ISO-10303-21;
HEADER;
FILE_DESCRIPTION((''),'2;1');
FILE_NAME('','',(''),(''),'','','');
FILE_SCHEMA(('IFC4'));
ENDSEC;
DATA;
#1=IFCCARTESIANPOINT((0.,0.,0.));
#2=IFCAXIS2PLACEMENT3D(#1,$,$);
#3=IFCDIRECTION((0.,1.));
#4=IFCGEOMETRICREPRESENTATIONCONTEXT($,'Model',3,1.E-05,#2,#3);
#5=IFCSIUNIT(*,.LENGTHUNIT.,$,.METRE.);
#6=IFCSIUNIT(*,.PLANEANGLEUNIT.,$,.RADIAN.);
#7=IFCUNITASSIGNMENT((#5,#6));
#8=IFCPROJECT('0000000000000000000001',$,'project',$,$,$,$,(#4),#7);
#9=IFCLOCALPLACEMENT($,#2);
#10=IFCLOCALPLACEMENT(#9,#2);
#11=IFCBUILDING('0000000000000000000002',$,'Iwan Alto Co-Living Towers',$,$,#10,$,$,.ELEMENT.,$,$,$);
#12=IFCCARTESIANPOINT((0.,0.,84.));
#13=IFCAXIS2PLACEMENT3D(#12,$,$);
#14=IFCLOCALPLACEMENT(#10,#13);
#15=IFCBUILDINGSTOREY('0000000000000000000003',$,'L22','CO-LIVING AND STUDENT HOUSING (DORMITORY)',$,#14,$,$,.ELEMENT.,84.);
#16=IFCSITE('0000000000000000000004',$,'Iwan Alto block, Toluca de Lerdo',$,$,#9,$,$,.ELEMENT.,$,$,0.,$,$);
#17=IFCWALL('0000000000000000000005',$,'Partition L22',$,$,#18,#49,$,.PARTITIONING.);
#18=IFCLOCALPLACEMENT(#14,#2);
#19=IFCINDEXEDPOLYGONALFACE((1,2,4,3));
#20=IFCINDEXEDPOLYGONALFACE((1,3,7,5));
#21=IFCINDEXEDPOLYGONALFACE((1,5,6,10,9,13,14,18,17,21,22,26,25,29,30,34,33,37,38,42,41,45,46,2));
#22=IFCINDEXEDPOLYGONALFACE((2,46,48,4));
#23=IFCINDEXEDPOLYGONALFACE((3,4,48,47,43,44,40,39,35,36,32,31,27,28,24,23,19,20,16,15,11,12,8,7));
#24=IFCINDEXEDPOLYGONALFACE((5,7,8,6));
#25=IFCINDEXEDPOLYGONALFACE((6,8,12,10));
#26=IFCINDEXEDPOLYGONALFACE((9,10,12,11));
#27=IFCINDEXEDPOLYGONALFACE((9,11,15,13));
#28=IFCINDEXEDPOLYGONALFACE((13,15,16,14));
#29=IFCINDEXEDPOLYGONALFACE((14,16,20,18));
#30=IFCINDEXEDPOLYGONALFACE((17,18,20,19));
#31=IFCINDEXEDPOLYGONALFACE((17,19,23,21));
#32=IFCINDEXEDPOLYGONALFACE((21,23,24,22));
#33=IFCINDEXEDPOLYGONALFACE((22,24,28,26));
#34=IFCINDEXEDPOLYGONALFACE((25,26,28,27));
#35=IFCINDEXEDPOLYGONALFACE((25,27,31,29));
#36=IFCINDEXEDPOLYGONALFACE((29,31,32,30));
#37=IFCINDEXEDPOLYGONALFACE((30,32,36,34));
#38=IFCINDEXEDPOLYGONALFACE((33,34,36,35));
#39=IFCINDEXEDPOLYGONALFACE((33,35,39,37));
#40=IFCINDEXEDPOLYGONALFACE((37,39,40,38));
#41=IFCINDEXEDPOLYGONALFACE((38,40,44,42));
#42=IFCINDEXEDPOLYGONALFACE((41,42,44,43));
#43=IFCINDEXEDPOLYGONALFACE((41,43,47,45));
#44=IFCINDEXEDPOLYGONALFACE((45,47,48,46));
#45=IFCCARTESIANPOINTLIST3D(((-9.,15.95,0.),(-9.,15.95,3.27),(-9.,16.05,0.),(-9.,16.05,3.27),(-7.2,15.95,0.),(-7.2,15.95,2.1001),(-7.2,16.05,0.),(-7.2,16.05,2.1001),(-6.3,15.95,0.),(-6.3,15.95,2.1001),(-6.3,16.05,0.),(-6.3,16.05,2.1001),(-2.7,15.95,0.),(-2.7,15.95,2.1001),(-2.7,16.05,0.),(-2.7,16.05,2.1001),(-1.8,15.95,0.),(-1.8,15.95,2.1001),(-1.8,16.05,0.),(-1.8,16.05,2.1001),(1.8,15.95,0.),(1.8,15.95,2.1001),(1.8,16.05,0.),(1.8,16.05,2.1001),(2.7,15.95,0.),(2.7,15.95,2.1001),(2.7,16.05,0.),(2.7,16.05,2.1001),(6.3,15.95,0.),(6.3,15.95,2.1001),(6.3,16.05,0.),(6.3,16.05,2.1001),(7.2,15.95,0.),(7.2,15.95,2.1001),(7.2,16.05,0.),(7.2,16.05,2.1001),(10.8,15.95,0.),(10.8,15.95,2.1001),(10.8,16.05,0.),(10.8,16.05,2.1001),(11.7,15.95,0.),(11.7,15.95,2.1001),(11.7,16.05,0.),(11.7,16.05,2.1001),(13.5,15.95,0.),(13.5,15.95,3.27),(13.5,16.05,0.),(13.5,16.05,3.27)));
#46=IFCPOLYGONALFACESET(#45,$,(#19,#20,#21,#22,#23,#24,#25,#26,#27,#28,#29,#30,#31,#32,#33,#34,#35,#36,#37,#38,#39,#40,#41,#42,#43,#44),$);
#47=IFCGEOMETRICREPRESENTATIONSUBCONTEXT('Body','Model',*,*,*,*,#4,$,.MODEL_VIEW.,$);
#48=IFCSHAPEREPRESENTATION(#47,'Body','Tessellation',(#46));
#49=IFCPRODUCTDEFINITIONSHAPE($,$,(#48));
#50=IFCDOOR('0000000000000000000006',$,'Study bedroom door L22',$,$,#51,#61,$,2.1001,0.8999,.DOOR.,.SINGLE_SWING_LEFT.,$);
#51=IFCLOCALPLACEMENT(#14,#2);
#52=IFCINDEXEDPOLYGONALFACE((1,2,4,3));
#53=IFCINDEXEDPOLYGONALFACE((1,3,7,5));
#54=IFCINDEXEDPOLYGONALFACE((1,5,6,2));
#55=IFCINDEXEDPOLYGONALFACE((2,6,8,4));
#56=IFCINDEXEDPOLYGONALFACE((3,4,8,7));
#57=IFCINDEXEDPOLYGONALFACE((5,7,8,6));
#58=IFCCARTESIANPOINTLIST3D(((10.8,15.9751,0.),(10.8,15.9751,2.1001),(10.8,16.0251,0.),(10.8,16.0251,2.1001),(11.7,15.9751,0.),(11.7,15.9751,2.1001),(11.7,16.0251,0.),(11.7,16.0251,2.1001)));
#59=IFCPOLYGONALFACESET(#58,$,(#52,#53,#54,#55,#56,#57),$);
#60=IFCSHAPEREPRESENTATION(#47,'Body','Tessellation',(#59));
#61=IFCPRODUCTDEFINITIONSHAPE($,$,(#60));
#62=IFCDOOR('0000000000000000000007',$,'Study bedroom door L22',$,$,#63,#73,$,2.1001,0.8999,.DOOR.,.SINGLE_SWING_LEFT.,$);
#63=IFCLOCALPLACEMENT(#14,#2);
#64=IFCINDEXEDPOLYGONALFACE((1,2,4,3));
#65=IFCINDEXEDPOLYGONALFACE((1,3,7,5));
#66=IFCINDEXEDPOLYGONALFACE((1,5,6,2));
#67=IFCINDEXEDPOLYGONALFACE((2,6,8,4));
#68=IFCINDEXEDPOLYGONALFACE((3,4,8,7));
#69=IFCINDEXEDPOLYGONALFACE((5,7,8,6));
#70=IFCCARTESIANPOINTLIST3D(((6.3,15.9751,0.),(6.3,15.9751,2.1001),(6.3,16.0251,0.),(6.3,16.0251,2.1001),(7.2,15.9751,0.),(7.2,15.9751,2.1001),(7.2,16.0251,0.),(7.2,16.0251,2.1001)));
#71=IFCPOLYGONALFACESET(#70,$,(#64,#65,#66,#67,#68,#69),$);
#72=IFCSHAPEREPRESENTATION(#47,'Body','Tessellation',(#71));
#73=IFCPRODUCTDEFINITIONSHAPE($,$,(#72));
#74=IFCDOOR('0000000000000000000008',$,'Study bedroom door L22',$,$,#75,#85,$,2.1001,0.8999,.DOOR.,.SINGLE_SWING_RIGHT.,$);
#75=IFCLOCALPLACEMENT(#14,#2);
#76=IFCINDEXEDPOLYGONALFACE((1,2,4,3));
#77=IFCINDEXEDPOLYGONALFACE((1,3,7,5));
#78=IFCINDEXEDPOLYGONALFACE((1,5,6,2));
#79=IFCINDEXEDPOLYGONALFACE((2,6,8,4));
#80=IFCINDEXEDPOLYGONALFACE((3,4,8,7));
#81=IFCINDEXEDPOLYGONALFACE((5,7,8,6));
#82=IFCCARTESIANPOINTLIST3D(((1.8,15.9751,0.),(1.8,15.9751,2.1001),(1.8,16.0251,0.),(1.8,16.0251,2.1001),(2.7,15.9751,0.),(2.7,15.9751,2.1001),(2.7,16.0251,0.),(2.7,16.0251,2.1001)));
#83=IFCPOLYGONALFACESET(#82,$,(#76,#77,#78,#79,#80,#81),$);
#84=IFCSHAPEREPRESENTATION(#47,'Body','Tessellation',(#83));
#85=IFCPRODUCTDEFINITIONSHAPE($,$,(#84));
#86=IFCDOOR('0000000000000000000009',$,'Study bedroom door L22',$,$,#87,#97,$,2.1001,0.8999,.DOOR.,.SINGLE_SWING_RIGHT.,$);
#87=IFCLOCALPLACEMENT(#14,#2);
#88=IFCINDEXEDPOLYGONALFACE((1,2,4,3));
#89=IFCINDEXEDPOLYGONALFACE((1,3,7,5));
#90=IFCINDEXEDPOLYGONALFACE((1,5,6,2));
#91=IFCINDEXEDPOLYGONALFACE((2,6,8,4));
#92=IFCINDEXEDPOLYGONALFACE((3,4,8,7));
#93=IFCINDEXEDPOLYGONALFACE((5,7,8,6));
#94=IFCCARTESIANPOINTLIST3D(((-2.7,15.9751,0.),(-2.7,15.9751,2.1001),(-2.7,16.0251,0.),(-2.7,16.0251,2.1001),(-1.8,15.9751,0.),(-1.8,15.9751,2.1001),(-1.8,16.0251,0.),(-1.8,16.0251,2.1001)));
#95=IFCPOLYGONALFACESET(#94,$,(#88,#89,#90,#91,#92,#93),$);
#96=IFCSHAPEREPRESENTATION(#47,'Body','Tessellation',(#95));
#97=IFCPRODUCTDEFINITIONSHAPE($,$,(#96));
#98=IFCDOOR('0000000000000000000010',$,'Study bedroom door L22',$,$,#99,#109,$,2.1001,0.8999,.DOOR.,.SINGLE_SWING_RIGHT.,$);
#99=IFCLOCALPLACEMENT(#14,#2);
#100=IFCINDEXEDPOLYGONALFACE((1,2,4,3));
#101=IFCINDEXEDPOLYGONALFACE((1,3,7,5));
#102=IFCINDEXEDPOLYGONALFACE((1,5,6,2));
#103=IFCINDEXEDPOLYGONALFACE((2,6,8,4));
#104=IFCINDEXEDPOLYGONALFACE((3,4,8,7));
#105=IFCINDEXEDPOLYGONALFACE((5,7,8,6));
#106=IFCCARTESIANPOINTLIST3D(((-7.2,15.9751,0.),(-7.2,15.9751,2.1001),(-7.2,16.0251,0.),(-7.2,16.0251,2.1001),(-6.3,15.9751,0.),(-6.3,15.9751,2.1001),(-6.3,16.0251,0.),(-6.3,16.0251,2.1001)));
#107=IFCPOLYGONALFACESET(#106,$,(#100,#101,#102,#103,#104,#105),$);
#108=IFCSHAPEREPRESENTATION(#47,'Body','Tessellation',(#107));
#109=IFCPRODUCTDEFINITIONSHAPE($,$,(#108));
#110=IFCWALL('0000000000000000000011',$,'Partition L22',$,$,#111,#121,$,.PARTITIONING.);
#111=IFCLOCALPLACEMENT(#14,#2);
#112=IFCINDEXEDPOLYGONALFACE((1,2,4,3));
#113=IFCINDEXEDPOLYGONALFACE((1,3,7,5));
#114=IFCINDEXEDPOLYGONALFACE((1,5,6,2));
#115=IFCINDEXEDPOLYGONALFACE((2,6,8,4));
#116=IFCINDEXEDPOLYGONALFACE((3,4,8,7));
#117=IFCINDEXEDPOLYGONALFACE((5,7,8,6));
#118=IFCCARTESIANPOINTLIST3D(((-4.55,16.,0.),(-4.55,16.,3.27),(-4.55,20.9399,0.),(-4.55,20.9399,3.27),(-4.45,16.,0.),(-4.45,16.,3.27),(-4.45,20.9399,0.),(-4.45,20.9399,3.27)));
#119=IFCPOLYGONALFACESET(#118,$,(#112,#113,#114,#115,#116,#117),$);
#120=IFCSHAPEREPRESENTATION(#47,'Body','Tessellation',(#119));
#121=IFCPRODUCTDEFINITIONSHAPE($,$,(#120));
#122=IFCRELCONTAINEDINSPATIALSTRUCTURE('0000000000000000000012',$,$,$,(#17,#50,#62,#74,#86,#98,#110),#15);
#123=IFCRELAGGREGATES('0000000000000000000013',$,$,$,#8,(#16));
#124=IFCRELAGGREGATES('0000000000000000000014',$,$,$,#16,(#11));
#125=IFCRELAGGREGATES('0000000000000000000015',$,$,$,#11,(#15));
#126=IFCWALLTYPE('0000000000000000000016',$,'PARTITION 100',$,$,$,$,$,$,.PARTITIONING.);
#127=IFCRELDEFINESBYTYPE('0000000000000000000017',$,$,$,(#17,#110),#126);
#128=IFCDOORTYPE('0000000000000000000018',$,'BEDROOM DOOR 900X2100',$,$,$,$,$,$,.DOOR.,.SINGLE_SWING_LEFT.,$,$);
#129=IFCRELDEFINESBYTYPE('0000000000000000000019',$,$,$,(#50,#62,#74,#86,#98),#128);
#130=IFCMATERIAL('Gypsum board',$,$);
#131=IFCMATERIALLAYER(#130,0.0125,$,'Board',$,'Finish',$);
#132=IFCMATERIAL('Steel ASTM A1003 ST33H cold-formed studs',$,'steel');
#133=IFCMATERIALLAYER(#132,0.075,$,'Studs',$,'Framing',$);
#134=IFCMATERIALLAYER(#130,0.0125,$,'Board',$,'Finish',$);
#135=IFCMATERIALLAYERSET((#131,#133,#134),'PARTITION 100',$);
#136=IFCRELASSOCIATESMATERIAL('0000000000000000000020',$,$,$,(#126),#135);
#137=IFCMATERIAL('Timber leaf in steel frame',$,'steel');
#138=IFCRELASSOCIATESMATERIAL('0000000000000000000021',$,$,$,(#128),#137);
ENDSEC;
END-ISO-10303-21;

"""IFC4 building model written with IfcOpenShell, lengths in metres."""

from ifc_helpers import new_model, si_unit, direction, frame, frame_2d, origin, place, context, subcontext, project, spatial, rectangle, extrude, material, layer, layer_set, type_object, element, fill, save


model = new_model("IFC4")

# Units and contexts
model_context = context("Model", 3, precision=1e-05, world=origin(), true_north=direction((0.0, 1.0)))
body_context = subcontext(model_context, "Body", "Model", "MODEL_VIEW")
ifc_project = project(units=[si_unit("LENGTHUNIT", "METRE"), si_unit("PLANEANGLEUNIT", "RADIAN")], contexts=[model_context])

# Site, building, storey
site_placement = place(None, origin())
site = spatial("IfcSite", under=ifc_project, at=site_placement, Name="Iwan Alto block, Toluca de Lerdo", CompositionType="ELEMENT", RefElevation=0.0)
building_placement = place(site_placement, origin())
building = spatial("IfcBuilding", under=site, at=building_placement, Name="Iwan Alto Co-Living Towers", CompositionType="ELEMENT")
storey_placement = place(building_placement, frame((0.0, 0.0, 84.0)))
storey = spatial("IfcBuildingStorey", under=building, at=storey_placement, Name="L22", Description="CO-LIVING AND STUDENT HOUSING (DORMITORY)", CompositionType="ELEMENT", Elevation=84.0)

# Wall, openings, doors
ifc_material_1 = material(Name="Gypsum board")
ifc_layer_1 = layer(ifc_material_1, 0.0125, Name="Board", Category="Finish")
ifc_material_2 = material(Name="Steel ASTM A1003 ST33H cold-formed studs", Category="steel")
ifc_layer_2 = layer(ifc_material_2, 0.075, Name="Studs", Category="Framing")
ifc_layer_3 = layer(ifc_material_1, 0.0125, Name="Board", Category="Finish")
ifc_layer_set_1 = layer_set([ifc_layer_1, ifc_layer_2, ifc_layer_3], Name="PARTITION 100")
wall_type_1 = type_object("IfcWallType", Name="PARTITION 100", PredefinedType="PARTITIONING", material=ifc_layer_set_1)
wall_1_placement = place(storey_placement, frame((-9.0, 16.0, 0.0), z_axis=(0.0, 0.0, 1.0), x_axis=(1.0, 0.0, 0.0)))
wall_1 = element("IfcWall", 1, at=wall_1_placement, inside=storey, type_object=wall_type_1, Name="Partition L22", PredefinedType="PARTITIONING", context=body_context, shape_type="SweptSolid", body=[
    extrude(rectangle(XDim=22.5, YDim=0.1001, at=frame_2d((11.25, 0.0))), origin(), (0.0, 0.0, 1.0), 3.27),
])
opening_1_placement = place(wall_1_placement, frame((19.8, 0.0, 0.0)))
opening_1 = element("IfcOpeningElement", 2, at=opening_1_placement, cuts=wall_1, PredefinedType="OPENING", context=body_context, shape_type="SweptSolid", body=[
    extrude(rectangle(XDim=0.8999, YDim=2.1001, at=frame_2d((0.45, 1.05))), frame((0.0, 0.0601, 0.0), z_axis=(0.0, -1.0, 0.0), x_axis=(1.0, 0.0, 0.0)), (0.0, 0.0, 1.0), 0.1201),
])
opening_2_placement = place(wall_1_placement, frame((15.3, 0.0, 0.0)))
opening_2 = element("IfcOpeningElement", 3, at=opening_2_placement, cuts=wall_1, PredefinedType="OPENING", context=body_context, shape_type="SweptSolid", body=[
    extrude(rectangle(XDim=0.8999, YDim=2.1001, at=frame_2d((0.45, 1.05))), frame((0.0, 0.0601, 0.0), z_axis=(0.0, -1.0, 0.0), x_axis=(1.0, 0.0, 0.0)), (0.0, 0.0, 1.0), 0.1201),
])
opening_3_placement = place(wall_1_placement, frame((10.8, 0.0, 0.0)))
opening_3 = element("IfcOpeningElement", 4, at=opening_3_placement, cuts=wall_1, PredefinedType="OPENING", context=body_context, shape_type="SweptSolid", body=[
    extrude(rectangle(XDim=0.8999, YDim=2.1001, at=frame_2d((0.45, 1.05))), frame((0.0, 0.0601, 0.0), z_axis=(0.0, -1.0, 0.0), x_axis=(1.0, 0.0, 0.0)), (0.0, 0.0, 1.0), 0.1201),
])
opening_4_placement = place(wall_1_placement, frame((6.3, 0.0, 0.0)))
opening_4 = element("IfcOpeningElement", 5, at=opening_4_placement, cuts=wall_1, PredefinedType="OPENING", context=body_context, shape_type="SweptSolid", body=[
    extrude(rectangle(XDim=0.8999, YDim=2.1001, at=frame_2d((0.45, 1.05))), frame((0.0, 0.0601, 0.0), z_axis=(0.0, -1.0, 0.0), x_axis=(1.0, 0.0, 0.0)), (0.0, 0.0, 1.0), 0.1201),
])
opening_5_placement = place(wall_1_placement, frame((1.8, 0.0, 0.0)))
opening_5 = element("IfcOpeningElement", 6, at=opening_5_placement, cuts=wall_1, PredefinedType="OPENING", context=body_context, shape_type="SweptSolid", body=[
    extrude(rectangle(XDim=0.8999, YDim=2.1001, at=frame_2d((0.45, 1.05))), frame((0.0, 0.0601, 0.0), z_axis=(0.0, -1.0, 0.0), x_axis=(1.0, 0.0, 0.0)), (0.0, 0.0, 1.0), 0.1201),
])
ifc_material_3 = material(Name="Timber leaf in steel frame", Category="steel")
door_type_1 = type_object("IfcDoorType", Name="BEDROOM DOOR 900X2100", OperationType="SINGLE_SWING_LEFT", PredefinedType="DOOR", material=ifc_material_3)
door_1_placement = place(opening_1_placement, frame((0.8999, 0.0, 0.0), z_axis=(0.0, 0.0, 1.0), x_axis=(-1.0, 0.0, 0.0)))
door_1 = element("IfcDoor", 7, at=door_1_placement, inside=storey, type_object=door_type_1, Name="Study bedroom door L22", OperationType="SINGLE_SWING_LEFT", OverallHeight=2.1001, OverallWidth=0.8999, PredefinedType="DOOR", context=body_context, shape_type="SweptSolid", body=[
    extrude(rectangle(XDim=0.8999, YDim=2.1001, at=frame_2d((0.45, 1.05))), frame((0.0, 0.0249, 0.0), z_axis=(0.0, -1.0, 0.0), x_axis=(1.0, 0.0, 0.0)), (0.0, 0.0, 1.0), 0.05),
])
fill(opening_1, door_1)
door_2_placement = place(opening_2_placement, frame((0.8999, 0.0, 0.0), z_axis=(0.0, 0.0, 1.0), x_axis=(-1.0, 0.0, 0.0)))
door_2 = element("IfcDoor", 8, at=door_2_placement, inside=storey, type_object=door_type_1, Name="Study bedroom door L22", OperationType="SINGLE_SWING_LEFT", OverallHeight=2.1001, OverallWidth=0.8999, PredefinedType="DOOR", context=body_context, shape_type="SweptSolid", body=[
    extrude(rectangle(XDim=0.8999, YDim=2.1001, at=frame_2d((0.45, 1.05))), frame((0.0, 0.0249, 0.0), z_axis=(0.0, -1.0, 0.0), x_axis=(1.0, 0.0, 0.0)), (0.0, 0.0, 1.0), 0.05),
])
fill(opening_2, door_2)
door_3_placement = place(opening_3_placement, frame((0.8999, 0.0, 0.0), z_axis=(0.0, 0.0, 1.0), x_axis=(-1.0, 0.0, 0.0)))
door_3 = element("IfcDoor", 9, at=door_3_placement, inside=storey, type_object=door_type_1, Name="Study bedroom door L22", OperationType="SINGLE_SWING_RIGHT", OverallHeight=2.1001, OverallWidth=0.8999, PredefinedType="DOOR", context=body_context, shape_type="SweptSolid", body=[
    extrude(rectangle(XDim=0.8999, YDim=2.1001, at=frame_2d((0.45, 1.05))), frame((0.0, 0.0249, 0.0), z_axis=(0.0, -1.0, 0.0), x_axis=(1.0, 0.0, 0.0)), (0.0, 0.0, 1.0), 0.05),
])
fill(opening_3, door_3)
door_4_placement = place(opening_4_placement, frame((0.8999, 0.0, 0.0), z_axis=(0.0, 0.0, 1.0), x_axis=(-1.0, 0.0, 0.0)))
door_4 = element("IfcDoor", 10, at=door_4_placement, inside=storey, type_object=door_type_1, Name="Study bedroom door L22", OperationType="SINGLE_SWING_RIGHT", OverallHeight=2.1001, OverallWidth=0.8999, PredefinedType="DOOR", context=body_context, shape_type="SweptSolid", body=[
    extrude(rectangle(XDim=0.8999, YDim=2.1001, at=frame_2d((0.45, 1.05))), frame((0.0, 0.0249, 0.0), z_axis=(0.0, -1.0, 0.0), x_axis=(1.0, 0.0, 0.0)), (0.0, 0.0, 1.0), 0.05),
])
fill(opening_4, door_4)
door_5_placement = place(opening_5_placement, frame((0.8999, 0.0, 0.0), z_axis=(0.0, 0.0, 1.0), x_axis=(-1.0, 0.0, 0.0)))
door_5 = element("IfcDoor", 11, at=door_5_placement, inside=storey, type_object=door_type_1, Name="Study bedroom door L22", OperationType="SINGLE_SWING_RIGHT", OverallHeight=2.1001, OverallWidth=0.8999, PredefinedType="DOOR", context=body_context, shape_type="SweptSolid", body=[
    extrude(rectangle(XDim=0.8999, YDim=2.1001, at=frame_2d((0.45, 1.05))), frame((0.0, 0.0249, 0.0), z_axis=(0.0, -1.0, 0.0), x_axis=(1.0, 0.0, 0.0)), (0.0, 0.0, 1.0), 0.05),
])
fill(opening_5, door_5)

# Wall
wall_2_placement = place(storey_placement, frame((-4.5, 16.0, 0.0), z_axis=(0.0, 0.0, 1.0), x_axis=(0.0, 1.0, 0.0)))
element("IfcWall", 12, at=wall_2_placement, inside=storey, type_object=wall_type_1, Name="Partition L22", PredefinedType="PARTITIONING", context=body_context, shape_type="SweptSolid", body=[
    extrude(rectangle(XDim=4.9399, YDim=0.1001, at=frame_2d((2.47, 0.0))), origin(), (0.0, 0.0, 1.0), 3.27),
])

save(model, "model.ifc")
